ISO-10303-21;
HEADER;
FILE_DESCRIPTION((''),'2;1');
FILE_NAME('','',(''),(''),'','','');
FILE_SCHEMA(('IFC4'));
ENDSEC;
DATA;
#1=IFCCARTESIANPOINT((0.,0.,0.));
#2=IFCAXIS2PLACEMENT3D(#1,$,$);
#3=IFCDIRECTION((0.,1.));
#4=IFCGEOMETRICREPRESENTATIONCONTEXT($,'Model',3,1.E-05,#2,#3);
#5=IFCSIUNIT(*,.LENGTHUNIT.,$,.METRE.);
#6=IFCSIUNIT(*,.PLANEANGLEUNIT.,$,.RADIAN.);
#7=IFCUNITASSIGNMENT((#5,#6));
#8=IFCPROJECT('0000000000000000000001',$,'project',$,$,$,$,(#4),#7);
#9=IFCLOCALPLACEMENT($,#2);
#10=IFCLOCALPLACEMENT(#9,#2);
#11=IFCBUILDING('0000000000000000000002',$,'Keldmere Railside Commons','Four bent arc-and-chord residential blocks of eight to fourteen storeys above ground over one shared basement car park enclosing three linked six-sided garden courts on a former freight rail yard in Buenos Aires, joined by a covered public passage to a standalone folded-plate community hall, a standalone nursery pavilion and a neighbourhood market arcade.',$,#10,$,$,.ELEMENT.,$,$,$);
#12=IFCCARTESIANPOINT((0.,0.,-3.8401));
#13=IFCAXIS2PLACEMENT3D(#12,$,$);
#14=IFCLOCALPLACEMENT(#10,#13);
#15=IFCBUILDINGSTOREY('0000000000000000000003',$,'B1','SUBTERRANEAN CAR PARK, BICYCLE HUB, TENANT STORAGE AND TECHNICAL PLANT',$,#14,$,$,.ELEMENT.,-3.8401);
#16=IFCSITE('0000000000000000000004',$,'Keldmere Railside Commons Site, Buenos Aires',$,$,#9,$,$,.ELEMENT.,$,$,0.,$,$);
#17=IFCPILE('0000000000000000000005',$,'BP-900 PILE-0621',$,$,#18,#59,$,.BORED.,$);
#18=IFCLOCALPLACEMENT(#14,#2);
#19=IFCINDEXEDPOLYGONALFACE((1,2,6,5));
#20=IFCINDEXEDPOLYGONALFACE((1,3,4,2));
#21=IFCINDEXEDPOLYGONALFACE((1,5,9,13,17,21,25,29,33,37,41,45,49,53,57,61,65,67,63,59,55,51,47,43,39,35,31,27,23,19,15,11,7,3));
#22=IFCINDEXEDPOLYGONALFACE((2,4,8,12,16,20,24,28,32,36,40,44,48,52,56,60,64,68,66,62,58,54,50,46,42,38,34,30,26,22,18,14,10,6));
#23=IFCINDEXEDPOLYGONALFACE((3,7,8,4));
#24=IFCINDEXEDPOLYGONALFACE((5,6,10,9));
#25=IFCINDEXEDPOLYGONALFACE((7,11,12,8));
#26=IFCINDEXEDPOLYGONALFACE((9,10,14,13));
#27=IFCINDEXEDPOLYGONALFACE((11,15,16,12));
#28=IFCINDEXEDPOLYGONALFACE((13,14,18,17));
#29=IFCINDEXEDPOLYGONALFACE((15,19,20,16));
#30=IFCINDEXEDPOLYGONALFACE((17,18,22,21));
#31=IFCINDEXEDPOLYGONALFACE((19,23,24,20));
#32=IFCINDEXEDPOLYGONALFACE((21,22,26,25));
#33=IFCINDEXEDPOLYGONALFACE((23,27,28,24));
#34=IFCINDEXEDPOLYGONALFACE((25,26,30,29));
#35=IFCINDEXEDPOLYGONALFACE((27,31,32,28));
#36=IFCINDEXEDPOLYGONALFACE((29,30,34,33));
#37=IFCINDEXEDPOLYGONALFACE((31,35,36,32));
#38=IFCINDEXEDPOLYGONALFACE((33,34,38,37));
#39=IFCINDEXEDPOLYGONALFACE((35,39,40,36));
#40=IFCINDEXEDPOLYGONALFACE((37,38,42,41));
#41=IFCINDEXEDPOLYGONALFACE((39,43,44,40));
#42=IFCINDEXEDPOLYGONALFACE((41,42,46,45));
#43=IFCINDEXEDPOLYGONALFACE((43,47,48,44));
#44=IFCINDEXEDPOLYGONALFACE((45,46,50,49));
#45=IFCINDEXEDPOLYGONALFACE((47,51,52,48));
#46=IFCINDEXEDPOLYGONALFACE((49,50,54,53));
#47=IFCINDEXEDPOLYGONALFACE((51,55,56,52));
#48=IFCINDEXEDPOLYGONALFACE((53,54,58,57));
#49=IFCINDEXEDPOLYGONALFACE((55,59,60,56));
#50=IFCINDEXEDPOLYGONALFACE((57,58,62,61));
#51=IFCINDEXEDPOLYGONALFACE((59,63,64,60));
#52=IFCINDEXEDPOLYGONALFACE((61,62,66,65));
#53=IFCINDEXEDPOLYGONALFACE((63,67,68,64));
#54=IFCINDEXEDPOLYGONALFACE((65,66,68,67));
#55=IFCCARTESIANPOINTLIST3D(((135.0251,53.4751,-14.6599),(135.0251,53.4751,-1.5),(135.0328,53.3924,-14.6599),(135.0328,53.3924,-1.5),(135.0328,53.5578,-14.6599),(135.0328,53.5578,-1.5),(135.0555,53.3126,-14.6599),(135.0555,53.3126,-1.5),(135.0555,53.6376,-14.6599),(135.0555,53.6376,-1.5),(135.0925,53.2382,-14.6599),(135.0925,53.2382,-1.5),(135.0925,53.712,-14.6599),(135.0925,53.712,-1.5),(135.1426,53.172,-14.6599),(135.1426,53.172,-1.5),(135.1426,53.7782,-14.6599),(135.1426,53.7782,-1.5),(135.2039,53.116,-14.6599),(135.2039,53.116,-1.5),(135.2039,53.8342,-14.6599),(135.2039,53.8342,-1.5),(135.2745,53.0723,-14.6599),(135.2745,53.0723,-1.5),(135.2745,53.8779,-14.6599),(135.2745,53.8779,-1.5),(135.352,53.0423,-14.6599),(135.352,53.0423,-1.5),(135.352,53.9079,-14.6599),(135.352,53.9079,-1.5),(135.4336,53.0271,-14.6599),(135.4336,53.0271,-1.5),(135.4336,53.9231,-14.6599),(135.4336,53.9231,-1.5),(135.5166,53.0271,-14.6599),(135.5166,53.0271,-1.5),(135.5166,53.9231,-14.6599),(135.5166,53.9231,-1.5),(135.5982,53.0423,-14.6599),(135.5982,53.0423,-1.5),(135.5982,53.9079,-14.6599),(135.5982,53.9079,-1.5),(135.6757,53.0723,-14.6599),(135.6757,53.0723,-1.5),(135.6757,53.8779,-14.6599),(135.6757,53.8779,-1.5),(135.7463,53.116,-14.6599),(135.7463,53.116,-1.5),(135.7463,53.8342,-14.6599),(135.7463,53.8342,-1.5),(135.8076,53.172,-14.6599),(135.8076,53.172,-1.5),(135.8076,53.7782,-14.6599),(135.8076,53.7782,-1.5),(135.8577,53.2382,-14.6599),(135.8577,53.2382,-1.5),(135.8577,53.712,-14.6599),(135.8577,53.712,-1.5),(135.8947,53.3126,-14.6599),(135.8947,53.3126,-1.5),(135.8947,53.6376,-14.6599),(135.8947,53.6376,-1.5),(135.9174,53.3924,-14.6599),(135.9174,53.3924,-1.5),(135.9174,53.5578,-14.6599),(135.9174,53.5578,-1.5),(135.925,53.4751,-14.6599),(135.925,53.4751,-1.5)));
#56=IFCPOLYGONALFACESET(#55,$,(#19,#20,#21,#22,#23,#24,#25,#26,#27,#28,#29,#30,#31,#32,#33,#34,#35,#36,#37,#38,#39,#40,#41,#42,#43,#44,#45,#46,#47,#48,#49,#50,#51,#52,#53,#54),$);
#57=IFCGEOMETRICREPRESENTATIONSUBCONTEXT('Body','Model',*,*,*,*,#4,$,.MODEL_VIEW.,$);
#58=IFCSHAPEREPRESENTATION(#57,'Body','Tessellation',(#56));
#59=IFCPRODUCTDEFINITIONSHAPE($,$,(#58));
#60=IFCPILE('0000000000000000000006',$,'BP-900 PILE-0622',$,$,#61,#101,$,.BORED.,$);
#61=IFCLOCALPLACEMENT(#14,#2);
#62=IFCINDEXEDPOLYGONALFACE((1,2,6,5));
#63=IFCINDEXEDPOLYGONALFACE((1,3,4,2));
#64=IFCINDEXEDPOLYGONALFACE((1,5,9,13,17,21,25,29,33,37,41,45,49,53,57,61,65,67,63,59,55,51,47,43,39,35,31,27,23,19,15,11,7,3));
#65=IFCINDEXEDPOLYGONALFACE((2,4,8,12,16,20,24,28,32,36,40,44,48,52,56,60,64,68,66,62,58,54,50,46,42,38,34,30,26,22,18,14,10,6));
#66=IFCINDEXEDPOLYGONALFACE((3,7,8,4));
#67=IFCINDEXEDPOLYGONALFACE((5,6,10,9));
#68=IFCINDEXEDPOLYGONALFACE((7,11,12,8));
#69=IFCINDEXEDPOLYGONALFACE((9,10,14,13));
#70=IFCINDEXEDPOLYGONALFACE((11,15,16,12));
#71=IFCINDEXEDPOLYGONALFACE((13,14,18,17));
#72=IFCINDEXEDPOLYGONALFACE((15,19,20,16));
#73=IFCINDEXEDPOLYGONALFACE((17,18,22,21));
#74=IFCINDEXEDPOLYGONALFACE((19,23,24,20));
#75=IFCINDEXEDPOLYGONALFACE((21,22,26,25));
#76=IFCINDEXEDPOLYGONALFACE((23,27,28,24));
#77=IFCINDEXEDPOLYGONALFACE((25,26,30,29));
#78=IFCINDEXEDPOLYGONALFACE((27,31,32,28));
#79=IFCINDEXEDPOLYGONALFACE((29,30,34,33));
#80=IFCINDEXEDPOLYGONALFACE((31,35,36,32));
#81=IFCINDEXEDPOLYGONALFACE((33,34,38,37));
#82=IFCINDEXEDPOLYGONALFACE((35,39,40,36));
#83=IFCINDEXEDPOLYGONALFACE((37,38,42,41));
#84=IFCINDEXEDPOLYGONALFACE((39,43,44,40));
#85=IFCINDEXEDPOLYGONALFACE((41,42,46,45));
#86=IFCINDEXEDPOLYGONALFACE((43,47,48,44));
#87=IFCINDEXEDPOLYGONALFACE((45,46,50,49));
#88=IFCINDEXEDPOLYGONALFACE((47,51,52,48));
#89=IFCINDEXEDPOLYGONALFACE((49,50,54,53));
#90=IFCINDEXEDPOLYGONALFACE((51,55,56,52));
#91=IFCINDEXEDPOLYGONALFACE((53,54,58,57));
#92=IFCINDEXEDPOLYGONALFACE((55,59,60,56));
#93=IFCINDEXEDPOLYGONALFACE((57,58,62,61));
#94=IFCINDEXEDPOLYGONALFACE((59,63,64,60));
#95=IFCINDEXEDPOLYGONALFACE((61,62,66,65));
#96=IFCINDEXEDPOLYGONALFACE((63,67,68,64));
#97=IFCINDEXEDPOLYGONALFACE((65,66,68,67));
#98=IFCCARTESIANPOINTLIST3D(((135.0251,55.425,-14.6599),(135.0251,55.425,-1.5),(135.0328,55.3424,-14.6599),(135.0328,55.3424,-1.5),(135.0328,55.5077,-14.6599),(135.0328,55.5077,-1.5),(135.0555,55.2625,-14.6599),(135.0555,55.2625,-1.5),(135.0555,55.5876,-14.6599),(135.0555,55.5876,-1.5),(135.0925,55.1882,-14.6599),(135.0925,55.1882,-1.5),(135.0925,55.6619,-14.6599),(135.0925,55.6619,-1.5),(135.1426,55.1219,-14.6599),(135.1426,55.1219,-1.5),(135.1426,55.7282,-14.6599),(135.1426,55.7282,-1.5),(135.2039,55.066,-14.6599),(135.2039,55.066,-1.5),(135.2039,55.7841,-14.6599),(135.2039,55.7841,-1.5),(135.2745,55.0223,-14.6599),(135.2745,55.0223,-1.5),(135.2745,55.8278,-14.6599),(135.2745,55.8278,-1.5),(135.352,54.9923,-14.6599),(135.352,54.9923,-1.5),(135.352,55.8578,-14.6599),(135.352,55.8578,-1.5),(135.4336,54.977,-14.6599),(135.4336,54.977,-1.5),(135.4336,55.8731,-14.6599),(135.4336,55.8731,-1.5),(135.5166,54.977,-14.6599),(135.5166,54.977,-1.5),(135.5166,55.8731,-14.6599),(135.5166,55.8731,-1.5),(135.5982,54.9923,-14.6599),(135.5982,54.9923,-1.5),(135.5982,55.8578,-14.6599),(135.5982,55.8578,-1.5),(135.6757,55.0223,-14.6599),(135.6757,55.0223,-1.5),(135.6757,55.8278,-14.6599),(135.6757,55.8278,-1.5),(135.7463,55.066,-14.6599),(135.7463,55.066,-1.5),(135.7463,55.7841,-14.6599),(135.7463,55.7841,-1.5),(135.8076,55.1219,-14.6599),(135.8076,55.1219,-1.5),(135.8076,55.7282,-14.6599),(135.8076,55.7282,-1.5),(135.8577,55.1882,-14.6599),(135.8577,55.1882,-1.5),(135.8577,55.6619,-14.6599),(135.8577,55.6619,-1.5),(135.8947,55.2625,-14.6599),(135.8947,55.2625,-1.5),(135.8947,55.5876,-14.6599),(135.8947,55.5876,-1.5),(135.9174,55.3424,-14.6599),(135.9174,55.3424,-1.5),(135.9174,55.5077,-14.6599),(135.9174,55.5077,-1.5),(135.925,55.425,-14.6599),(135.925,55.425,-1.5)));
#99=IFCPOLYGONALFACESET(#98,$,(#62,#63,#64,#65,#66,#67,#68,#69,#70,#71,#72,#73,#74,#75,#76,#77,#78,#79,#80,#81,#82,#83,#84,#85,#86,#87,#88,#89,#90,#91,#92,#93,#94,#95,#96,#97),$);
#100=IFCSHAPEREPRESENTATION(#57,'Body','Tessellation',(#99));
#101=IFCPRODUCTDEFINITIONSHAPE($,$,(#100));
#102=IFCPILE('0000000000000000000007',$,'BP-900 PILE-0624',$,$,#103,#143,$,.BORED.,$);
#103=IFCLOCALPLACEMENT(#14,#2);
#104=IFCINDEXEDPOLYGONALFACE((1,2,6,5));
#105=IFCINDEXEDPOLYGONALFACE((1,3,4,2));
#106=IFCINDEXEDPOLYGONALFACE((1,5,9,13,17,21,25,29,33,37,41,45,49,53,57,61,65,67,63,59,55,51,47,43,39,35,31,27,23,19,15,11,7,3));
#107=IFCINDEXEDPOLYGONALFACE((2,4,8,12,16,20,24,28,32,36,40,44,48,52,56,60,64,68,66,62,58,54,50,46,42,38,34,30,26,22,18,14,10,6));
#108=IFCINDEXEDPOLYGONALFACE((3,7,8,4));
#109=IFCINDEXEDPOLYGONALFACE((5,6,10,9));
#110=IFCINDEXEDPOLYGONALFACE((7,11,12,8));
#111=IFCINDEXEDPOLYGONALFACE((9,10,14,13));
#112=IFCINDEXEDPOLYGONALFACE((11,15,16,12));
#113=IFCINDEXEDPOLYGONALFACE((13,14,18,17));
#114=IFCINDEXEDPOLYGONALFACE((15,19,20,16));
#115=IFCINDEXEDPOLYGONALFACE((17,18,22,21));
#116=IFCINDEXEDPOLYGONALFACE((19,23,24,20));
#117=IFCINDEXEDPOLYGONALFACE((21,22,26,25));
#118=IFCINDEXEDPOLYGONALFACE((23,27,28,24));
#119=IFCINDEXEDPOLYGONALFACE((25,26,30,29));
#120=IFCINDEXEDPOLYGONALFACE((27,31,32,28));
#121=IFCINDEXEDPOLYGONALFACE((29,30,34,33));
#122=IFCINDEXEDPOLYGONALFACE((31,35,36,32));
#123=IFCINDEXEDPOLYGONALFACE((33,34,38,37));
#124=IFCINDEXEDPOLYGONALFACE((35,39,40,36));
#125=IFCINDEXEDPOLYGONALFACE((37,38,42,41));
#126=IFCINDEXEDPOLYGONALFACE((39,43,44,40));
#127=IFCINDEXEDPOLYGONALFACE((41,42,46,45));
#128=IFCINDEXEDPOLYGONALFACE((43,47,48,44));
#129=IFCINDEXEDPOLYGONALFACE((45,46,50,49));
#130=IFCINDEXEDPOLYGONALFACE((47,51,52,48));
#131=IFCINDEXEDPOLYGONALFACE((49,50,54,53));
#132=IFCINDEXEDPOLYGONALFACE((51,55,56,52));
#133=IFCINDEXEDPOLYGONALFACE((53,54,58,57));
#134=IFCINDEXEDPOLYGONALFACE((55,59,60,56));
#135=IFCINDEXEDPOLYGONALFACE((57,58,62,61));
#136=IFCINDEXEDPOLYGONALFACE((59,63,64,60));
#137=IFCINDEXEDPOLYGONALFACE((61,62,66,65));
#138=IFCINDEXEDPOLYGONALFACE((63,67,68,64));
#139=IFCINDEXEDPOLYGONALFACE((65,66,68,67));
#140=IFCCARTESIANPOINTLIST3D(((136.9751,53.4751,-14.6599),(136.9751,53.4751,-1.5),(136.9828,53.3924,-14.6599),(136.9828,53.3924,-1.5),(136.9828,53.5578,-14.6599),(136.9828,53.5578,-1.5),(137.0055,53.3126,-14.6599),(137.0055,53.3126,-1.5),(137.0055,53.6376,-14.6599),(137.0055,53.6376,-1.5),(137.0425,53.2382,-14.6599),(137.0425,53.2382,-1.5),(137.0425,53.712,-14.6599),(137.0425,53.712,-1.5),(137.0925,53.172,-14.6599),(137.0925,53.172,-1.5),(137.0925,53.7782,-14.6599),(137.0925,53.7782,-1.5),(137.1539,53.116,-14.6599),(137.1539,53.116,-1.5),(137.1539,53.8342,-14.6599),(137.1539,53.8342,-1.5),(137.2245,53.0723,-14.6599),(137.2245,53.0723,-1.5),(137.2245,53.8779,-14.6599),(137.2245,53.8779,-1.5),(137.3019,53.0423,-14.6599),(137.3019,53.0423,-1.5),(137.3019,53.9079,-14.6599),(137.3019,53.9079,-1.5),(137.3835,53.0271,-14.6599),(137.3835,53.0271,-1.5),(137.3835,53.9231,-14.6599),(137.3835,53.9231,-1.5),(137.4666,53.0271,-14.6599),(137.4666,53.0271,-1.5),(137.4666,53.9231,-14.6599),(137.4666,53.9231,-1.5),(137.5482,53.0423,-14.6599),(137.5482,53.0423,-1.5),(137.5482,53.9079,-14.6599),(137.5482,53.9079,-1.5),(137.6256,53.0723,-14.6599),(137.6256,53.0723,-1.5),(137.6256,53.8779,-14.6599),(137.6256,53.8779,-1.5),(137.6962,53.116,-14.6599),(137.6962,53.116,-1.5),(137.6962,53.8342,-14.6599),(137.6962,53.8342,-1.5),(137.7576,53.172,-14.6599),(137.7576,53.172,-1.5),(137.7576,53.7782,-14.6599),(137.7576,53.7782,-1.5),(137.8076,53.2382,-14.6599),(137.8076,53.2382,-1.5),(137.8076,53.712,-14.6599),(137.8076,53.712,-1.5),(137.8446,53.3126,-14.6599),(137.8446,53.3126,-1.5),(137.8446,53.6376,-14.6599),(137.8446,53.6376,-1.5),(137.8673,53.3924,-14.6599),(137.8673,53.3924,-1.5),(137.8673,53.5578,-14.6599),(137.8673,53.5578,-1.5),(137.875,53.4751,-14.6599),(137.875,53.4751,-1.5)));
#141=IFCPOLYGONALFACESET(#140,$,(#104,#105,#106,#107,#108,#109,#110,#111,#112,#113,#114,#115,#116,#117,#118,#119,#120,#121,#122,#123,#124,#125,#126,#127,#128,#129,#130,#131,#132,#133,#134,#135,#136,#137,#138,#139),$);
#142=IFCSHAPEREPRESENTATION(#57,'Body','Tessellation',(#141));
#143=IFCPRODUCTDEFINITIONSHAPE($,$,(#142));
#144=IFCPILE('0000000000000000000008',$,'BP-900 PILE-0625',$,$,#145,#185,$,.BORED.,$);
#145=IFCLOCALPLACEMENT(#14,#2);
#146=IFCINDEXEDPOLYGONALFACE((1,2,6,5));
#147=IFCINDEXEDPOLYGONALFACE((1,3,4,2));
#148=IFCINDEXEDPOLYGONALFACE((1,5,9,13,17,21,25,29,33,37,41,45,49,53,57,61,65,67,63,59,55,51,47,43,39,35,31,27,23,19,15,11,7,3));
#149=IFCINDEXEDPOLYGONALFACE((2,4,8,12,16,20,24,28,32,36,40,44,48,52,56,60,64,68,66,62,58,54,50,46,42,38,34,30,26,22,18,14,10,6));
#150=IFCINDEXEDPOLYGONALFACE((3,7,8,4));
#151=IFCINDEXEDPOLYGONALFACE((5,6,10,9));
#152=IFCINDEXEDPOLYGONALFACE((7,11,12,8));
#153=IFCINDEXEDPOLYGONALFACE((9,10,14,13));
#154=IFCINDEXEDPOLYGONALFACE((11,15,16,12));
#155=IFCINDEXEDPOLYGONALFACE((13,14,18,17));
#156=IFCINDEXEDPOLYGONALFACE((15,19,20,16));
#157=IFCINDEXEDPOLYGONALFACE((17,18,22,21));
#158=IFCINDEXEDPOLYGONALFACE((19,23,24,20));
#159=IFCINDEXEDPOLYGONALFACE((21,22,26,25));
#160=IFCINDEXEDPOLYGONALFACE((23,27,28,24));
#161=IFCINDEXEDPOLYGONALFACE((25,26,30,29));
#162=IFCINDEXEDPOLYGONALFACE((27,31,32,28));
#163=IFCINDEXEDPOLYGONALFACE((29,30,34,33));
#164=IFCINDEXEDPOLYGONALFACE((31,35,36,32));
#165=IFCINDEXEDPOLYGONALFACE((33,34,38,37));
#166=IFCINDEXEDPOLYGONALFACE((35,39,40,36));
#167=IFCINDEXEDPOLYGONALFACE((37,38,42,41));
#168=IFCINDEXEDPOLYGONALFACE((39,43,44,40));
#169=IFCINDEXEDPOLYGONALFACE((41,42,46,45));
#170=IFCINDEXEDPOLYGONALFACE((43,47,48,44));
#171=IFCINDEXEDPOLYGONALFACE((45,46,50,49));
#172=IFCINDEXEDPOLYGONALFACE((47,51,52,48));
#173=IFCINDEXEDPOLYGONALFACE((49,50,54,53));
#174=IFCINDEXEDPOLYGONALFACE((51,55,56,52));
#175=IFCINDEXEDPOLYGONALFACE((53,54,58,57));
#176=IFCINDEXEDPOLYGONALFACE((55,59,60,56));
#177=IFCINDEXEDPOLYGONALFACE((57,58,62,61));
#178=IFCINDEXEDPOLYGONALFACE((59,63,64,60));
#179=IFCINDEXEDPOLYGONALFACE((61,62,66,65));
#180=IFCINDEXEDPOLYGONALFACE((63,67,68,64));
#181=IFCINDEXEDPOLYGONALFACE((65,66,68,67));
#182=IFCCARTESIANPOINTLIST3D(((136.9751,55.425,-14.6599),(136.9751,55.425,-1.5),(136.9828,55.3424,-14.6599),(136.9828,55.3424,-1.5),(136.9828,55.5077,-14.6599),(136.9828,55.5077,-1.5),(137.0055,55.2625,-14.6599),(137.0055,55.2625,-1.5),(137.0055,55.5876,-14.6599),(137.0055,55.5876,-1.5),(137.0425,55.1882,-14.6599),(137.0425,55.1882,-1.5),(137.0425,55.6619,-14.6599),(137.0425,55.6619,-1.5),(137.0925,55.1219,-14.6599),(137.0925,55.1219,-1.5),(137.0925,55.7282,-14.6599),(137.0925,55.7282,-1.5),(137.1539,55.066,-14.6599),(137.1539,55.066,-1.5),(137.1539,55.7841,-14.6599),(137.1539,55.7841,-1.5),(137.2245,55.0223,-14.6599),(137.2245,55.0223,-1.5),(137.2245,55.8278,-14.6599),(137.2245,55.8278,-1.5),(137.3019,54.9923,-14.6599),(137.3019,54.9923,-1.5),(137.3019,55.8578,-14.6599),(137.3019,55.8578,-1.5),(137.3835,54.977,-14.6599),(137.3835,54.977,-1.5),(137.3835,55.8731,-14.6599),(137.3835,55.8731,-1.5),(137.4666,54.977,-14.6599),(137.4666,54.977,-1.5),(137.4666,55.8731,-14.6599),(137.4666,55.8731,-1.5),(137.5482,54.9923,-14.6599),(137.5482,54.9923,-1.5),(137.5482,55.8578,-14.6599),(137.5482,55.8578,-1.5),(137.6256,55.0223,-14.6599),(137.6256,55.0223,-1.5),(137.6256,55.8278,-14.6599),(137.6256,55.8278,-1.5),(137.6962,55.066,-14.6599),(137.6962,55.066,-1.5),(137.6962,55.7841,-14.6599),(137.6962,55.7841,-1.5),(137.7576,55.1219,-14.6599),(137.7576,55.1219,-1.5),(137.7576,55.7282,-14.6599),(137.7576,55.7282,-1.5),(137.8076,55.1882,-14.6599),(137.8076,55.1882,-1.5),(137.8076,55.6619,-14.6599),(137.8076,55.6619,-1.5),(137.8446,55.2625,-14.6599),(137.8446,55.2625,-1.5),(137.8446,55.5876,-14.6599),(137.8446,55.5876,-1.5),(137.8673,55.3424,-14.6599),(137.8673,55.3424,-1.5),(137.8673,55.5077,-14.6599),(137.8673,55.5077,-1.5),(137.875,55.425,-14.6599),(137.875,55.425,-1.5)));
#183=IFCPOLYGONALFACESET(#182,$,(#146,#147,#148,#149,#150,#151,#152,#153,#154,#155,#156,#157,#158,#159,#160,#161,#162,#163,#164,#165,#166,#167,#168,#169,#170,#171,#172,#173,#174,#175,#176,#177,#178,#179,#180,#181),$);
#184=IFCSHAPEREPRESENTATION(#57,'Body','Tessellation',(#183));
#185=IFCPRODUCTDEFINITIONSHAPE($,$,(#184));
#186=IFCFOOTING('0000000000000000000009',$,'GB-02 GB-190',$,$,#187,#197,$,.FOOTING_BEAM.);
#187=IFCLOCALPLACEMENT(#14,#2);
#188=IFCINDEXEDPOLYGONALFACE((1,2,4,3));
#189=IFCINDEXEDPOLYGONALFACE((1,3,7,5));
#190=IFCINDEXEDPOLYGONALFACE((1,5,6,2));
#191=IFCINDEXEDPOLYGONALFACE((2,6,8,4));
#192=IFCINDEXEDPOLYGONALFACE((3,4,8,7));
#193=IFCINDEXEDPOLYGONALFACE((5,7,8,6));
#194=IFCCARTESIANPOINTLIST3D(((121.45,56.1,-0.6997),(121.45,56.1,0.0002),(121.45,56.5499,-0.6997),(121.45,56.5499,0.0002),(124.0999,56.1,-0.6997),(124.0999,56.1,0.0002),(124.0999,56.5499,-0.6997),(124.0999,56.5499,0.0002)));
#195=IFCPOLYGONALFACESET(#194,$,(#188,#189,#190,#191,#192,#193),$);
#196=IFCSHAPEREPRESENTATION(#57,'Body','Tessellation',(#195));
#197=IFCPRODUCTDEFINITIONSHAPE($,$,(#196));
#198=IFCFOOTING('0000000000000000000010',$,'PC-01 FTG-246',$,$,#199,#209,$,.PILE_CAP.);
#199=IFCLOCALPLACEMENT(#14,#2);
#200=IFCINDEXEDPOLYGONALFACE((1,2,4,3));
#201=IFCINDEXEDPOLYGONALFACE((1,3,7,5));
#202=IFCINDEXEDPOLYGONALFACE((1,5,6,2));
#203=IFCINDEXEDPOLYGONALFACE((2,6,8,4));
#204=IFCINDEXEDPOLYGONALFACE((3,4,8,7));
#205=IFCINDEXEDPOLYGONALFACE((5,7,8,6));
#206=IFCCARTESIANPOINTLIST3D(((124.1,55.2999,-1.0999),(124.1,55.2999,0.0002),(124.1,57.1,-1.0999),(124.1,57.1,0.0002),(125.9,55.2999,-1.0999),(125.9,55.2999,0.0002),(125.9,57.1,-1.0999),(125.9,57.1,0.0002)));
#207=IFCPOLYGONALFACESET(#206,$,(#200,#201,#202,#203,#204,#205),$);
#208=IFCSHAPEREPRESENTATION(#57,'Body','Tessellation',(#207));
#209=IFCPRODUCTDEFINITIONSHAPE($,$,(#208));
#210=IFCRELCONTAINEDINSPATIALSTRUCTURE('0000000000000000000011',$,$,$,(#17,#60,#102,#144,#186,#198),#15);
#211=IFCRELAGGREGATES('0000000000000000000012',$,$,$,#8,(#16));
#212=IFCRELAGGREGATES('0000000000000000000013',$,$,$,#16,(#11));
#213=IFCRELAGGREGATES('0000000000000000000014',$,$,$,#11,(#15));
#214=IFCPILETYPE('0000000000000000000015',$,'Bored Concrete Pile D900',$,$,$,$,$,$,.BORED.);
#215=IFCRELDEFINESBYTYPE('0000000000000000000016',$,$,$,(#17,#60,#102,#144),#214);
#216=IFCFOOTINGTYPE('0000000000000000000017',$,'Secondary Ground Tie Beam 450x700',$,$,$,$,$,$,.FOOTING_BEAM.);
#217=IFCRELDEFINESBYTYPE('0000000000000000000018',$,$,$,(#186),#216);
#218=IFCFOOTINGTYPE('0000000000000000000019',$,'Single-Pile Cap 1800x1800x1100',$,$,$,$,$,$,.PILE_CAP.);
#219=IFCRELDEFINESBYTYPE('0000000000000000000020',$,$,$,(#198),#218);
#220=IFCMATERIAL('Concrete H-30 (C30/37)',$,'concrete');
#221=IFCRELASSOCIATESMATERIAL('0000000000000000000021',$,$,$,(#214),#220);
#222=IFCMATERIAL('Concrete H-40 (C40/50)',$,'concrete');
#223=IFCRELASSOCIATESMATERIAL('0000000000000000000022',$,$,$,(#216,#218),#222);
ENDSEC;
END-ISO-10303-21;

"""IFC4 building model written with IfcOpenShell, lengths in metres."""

from ifc_helpers import new_model, si_unit, direction, frame, origin, origin_2d, place, context, subcontext, project, spatial, rectangle, circle, extrude, material, material_profile, profile_set, type_object, element, save


model = new_model("IFC4")

# Units and contexts
model_context = context("Model", 3, precision=1e-05, world=origin(), true_north=direction((0.0, 1.0)))
body_context = subcontext(model_context, "Body", "Model", "MODEL_VIEW")
ifc_project = project(units=[si_unit("LENGTHUNIT", "METRE"), si_unit("PLANEANGLEUNIT", "RADIAN")], contexts=[model_context])

# Site, building, storey
site_placement = place(None, origin())
site = spatial("IfcSite", under=ifc_project, at=site_placement, Name="Keldmere Railside Commons Site, Buenos Aires", CompositionType="ELEMENT", RefElevation=0.0)
building_placement = place(site_placement, origin())
building = spatial("IfcBuilding", under=site, at=building_placement, Name="Keldmere Railside Commons", Description="Four bent arc-and-chord residential blocks of eight to fourteen storeys above ground over one shared basement car park enclosing three linked six-sided garden courts on a former freight rail yard in Buenos Aires, joined by a covered public passage to a standalone folded-plate community hall, a standalone nursery pavilion and a neighbourhood market arcade.", CompositionType="ELEMENT")
storey_placement = place(building_placement, frame((0.0, 0.0, -3.8401)))
storey = spatial("IfcBuildingStorey", under=building, at=storey_placement, Name="B1", Description="SUBTERRANEAN CAR PARK, BICYCLE HUB, TENANT STORAGE AND TECHNICAL PLANT", CompositionType="ELEMENT", Elevation=-3.8401)

# Piles
ifc_material_1 = material(Name="Concrete H-30 (C30/37)", Category="concrete")
ifc_material_profile_1 = material_profile(ifc_material_1, circle(Radius=0.45, at=origin_2d()), Name="PILE-D900")
ifc_profile_set_1 = profile_set([ifc_material_profile_1], Name="Concrete H-30 (C30/37)")
pile_type_1 = type_object("IfcPileType", Name="Bored Concrete Pile D900", PredefinedType="BORED", material=ifc_profile_set_1)
for number, where, z_axis, x_axis, name in (
    (1, (135.4751, 53.4751, -1.5), (0.0, 0.0, -1.0), (1.0, 0.0, 0.0), "BP-900 PILE-0621"),
    (2, (135.4751, 55.425, -1.5), (0.0, 0.0, -1.0), (1.0, 0.0, 0.0), "BP-900 PILE-0622"),
    (3, (137.425, 53.4751, -1.5), (0.0, 0.0, -1.0), (1.0, 0.0, 0.0), "BP-900 PILE-0624"),
    (4, (137.425, 55.425, -1.5), (0.0, 0.0, -1.0), (1.0, 0.0, 0.0), "BP-900 PILE-0625"),
):
    element("IfcPile", number, at=place(storey_placement, frame(where, z_axis=z_axis, x_axis=x_axis)), inside=storey, type_object=pile_type_1, Name=name, PredefinedType="BORED", context=body_context, shape_type="SweptSolid", body=[
        extrude(circle(Radius=0.45, at=origin_2d()), origin(), (0.0, 0.0, 1.0), 13.1599),
    ])

# Footings
ifc_material_2 = material(Name="Concrete H-40 (C40/50)", Category="concrete")
footing_type_1 = type_object("IfcFootingType", Name="Secondary Ground Tie Beam 450x700", PredefinedType="FOOTING_BEAM", material=ifc_material_2)
footing_placement = place(storey_placement, frame((122.7749, 56.325, -0.6997), z_axis=(0.0, 0.0, 1.0), x_axis=(1.0, 0.0, 0.0)))
element("IfcFooting", 5, at=footing_placement, inside=storey, type_object=footing_type_1, Name="GB-02 GB-190", PredefinedType="FOOTING_BEAM", context=body_context, shape_type="SweptSolid", body=[
    extrude(rectangle(XDim=2.6499, YDim=0.45, at=origin_2d()), origin(), (0.0, 0.0, 1.0), 0.7),
])
footing_type_2 = type_object("IfcFootingType", Name="Single-Pile Cap 1800x1800x1100", PredefinedType="PILE_CAP", material=ifc_material_2)
for number, where, z_axis, x_axis, name in (
    (6, (125.0, 56.2, -1.0999), (0.0, 0.0, 1.0), (1.0, 0.0, 0.0), "PC-01 FTG-246"),
):
    element("IfcFooting", number, at=place(storey_placement, frame(where, z_axis=z_axis, x_axis=x_axis)), inside=storey, type_object=footing_type_2, Name=name, PredefinedType="PILE_CAP", context=body_context, shape_type="SweptSolid", body=[
        extrude(rectangle(XDim=1.8, YDim=1.8, at=origin_2d()), origin(), (0.0, 0.0, 1.0), 1.1001),
    ])

save(model, "model.ifc")
